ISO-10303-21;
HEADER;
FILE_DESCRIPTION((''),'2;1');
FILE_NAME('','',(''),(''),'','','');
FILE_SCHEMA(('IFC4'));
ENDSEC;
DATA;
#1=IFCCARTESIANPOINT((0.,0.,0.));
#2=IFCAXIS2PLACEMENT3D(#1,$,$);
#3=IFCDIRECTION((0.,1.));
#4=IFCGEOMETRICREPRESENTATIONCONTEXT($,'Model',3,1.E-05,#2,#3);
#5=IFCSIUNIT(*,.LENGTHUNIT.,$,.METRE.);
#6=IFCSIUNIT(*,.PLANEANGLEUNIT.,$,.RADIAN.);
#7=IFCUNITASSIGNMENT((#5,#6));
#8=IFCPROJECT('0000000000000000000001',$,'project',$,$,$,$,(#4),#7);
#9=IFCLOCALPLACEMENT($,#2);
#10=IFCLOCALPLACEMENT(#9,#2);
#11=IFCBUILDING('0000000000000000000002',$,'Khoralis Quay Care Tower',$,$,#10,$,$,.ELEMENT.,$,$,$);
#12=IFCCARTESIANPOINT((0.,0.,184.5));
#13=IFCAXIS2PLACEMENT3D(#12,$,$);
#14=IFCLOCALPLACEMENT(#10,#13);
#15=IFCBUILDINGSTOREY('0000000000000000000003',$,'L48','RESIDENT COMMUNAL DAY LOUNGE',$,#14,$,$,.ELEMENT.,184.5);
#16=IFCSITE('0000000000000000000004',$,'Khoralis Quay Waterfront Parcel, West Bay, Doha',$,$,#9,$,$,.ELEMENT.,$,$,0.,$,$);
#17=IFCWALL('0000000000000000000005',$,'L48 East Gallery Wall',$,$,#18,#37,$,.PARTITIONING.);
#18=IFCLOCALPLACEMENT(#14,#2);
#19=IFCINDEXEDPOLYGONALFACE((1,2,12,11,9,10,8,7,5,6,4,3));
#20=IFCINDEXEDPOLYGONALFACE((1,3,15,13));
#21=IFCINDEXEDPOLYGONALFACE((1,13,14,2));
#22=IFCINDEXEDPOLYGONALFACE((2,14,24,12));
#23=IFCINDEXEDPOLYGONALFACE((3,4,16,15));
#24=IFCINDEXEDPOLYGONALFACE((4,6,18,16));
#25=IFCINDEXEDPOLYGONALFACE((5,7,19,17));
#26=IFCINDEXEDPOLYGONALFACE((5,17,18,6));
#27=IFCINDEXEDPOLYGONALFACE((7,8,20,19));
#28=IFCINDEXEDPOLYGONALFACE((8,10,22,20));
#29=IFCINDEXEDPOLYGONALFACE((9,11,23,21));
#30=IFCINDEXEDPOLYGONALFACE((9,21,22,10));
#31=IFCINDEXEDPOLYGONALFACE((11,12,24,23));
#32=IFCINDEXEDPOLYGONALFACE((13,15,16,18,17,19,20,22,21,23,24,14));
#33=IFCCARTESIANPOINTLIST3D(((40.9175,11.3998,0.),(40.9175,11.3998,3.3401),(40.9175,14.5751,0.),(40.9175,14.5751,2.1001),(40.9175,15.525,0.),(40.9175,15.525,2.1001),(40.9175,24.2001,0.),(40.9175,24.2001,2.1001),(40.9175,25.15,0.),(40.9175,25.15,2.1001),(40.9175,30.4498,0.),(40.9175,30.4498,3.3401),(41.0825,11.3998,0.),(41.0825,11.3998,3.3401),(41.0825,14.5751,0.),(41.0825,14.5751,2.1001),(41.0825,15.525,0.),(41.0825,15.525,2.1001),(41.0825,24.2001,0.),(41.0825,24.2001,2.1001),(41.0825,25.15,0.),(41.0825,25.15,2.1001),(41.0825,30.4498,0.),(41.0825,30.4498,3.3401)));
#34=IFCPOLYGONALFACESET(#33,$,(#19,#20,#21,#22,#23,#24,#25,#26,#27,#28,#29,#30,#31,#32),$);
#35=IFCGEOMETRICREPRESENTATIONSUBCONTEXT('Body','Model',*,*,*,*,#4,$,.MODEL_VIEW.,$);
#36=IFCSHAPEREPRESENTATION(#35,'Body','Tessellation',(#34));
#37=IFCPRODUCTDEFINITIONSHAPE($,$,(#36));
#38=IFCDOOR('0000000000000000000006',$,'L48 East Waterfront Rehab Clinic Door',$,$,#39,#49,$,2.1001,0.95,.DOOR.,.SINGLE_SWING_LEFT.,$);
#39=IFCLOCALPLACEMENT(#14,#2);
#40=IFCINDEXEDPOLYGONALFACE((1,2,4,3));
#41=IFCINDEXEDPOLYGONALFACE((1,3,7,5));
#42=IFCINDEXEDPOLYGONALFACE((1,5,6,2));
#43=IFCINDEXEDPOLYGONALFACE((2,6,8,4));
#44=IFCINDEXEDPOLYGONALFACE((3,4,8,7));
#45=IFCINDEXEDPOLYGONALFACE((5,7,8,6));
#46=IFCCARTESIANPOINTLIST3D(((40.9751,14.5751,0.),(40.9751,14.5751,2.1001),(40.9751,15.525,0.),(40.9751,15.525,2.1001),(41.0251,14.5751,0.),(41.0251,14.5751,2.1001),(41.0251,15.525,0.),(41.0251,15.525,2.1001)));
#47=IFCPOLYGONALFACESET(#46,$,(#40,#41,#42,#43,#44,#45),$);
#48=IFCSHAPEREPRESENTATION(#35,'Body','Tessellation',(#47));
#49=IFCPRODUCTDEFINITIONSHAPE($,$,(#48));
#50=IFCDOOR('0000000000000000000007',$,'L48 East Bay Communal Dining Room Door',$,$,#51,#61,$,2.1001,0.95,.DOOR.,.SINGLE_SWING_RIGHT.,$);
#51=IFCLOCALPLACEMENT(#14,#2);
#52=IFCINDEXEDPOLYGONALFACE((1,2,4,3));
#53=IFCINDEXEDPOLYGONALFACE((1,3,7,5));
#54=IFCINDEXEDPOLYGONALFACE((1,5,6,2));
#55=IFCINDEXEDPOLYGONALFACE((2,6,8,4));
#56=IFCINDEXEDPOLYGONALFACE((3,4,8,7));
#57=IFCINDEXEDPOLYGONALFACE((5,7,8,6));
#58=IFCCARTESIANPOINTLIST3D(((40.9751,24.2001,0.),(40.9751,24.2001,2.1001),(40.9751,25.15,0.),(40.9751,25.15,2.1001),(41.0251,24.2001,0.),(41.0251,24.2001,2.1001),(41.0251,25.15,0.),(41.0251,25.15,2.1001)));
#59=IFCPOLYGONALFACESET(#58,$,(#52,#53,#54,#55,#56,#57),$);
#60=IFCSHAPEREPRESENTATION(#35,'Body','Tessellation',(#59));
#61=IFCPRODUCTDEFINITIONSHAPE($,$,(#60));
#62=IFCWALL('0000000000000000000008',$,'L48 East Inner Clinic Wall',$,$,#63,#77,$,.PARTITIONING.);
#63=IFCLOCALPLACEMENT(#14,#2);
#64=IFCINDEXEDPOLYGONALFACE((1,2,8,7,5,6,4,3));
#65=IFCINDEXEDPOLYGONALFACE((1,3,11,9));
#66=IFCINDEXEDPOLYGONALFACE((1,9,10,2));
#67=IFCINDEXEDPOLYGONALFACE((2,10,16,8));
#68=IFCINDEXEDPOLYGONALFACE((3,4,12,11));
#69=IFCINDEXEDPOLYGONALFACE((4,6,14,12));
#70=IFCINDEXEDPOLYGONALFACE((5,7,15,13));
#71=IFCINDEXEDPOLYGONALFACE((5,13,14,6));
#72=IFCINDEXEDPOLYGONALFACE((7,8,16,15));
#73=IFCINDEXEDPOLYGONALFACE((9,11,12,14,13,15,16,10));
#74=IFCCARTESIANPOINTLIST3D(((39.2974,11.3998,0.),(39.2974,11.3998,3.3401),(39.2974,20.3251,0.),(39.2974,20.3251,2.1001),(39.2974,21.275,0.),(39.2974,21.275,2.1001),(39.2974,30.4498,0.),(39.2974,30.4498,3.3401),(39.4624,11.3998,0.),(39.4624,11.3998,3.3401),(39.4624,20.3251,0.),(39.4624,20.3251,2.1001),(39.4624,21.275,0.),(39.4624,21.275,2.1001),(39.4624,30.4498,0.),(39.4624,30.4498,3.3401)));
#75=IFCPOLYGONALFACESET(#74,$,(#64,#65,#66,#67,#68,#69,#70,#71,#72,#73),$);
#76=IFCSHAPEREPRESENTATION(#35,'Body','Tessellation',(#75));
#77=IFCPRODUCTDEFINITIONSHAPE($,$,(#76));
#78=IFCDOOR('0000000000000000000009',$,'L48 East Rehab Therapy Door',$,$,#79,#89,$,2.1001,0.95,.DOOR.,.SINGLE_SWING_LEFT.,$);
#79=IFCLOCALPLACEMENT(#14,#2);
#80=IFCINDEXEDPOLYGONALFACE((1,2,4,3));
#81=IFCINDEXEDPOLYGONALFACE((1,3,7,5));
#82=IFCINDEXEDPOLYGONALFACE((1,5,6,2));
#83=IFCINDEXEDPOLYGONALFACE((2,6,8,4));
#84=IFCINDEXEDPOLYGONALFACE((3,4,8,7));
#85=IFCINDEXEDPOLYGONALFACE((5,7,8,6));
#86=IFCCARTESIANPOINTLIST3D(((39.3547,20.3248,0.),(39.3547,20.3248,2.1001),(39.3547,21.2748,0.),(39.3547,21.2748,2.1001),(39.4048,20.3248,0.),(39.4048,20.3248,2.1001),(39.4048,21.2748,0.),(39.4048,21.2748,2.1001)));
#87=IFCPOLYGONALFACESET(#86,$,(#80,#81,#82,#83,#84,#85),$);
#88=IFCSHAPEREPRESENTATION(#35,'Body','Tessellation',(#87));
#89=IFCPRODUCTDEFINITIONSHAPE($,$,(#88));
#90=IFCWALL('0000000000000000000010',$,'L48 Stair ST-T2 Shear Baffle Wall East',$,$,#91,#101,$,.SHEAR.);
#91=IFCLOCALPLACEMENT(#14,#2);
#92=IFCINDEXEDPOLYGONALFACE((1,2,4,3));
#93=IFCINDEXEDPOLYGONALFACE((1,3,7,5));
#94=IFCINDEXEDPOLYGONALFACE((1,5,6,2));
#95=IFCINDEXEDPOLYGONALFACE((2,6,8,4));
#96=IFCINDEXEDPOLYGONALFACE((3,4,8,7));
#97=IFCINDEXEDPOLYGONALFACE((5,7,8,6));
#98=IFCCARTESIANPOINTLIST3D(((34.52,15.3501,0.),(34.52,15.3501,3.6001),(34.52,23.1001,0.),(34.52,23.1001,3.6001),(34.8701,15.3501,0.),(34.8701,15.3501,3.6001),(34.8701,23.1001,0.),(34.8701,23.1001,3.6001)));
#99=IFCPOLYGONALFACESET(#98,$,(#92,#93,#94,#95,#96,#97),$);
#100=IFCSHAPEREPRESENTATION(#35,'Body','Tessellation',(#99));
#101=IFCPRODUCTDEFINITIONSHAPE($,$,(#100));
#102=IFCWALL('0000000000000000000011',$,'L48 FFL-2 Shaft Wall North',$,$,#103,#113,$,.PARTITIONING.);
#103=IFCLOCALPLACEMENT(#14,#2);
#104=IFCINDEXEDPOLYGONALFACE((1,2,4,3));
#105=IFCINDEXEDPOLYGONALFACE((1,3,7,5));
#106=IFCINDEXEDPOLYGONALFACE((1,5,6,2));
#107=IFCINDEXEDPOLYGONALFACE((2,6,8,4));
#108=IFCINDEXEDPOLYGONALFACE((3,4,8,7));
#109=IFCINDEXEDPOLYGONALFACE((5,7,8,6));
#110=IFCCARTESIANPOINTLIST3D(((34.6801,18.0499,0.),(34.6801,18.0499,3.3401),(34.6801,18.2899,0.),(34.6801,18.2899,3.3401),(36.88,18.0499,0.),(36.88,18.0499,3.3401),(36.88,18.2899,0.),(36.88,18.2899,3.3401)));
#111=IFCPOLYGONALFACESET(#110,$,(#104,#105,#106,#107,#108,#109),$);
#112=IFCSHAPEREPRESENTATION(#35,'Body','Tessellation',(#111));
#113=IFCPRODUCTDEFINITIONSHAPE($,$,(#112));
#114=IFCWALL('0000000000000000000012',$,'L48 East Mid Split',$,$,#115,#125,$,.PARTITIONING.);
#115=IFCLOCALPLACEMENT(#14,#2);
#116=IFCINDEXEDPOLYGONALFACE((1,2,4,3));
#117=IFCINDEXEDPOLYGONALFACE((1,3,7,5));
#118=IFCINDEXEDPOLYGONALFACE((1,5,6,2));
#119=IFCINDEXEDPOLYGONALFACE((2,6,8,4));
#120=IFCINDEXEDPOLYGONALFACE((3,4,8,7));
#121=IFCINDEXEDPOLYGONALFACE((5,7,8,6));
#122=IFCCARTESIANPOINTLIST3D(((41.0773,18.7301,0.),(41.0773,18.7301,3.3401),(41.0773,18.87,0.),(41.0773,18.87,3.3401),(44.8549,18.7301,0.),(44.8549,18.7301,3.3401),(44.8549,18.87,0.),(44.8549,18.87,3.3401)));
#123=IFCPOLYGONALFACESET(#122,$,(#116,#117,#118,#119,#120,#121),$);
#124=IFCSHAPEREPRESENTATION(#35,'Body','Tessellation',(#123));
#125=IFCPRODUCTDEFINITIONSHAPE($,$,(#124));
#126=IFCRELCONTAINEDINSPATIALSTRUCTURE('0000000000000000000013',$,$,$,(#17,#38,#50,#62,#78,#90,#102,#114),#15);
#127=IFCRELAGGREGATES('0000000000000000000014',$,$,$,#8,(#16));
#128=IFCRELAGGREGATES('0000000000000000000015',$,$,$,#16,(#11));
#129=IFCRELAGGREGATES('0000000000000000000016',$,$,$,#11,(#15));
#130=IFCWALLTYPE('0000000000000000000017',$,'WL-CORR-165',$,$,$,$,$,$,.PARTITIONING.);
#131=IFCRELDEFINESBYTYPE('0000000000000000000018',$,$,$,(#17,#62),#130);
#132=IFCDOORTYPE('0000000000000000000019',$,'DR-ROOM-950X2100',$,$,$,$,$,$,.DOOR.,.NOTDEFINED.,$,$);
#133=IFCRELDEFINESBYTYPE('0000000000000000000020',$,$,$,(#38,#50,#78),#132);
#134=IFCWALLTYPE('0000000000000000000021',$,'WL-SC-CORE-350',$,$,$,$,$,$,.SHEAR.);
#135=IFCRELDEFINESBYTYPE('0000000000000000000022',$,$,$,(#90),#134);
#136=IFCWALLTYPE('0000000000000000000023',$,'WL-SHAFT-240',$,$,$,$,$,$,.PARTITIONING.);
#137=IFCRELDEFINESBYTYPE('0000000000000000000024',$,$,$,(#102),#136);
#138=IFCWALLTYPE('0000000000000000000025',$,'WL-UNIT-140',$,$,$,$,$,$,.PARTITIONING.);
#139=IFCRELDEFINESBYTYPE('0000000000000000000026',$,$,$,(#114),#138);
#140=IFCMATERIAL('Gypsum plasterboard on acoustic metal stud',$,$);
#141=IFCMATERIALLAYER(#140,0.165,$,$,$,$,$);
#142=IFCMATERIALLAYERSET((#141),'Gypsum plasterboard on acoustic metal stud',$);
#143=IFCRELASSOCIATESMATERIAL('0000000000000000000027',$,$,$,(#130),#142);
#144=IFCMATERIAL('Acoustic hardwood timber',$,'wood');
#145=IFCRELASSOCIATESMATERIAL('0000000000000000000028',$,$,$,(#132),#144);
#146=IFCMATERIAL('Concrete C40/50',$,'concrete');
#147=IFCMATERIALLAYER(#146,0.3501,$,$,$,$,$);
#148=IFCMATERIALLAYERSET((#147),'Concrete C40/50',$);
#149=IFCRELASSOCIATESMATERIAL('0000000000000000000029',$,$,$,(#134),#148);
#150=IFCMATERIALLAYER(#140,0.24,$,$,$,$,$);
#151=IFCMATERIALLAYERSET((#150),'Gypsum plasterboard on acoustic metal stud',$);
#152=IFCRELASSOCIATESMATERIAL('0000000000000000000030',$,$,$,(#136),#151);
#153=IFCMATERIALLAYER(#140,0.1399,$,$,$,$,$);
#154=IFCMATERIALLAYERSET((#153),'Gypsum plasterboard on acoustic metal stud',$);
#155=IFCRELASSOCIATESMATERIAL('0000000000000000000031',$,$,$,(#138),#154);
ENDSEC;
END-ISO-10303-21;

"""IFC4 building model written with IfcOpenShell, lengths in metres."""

from ifc_helpers import new_model, si_unit, direction, frame, frame_2d, origin, place, context, subcontext, project, spatial, rectangle, extrude, source, transform, mapped, material, layer, layer_set, type_object, element, fill, save


model = new_model("IFC4")

# Units and contexts
model_context = context("Model", 3, precision=1e-05, world=origin(), true_north=direction((0.0, 1.0)))
body_context = subcontext(model_context, "Body", "Model", "MODEL_VIEW")
ifc_project = project(units=[si_unit("LENGTHUNIT", "METRE"), si_unit("PLANEANGLEUNIT", "RADIAN")], contexts=[model_context])

# Site, building, storey
site_placement = place(None, origin())
site = spatial("IfcSite", under=ifc_project, at=site_placement, Name="Khoralis Quay Waterfront Parcel, West Bay, Doha", CompositionType="ELEMENT", RefElevation=0.0)
building_placement = place(site_placement, origin())
building = spatial("IfcBuilding", under=site, at=building_placement, Name="Khoralis Quay Care Tower", CompositionType="ELEMENT")
storey_placement = place(building_placement, frame((0.0, 0.0, 184.5)))
storey = spatial("IfcBuildingStorey", under=building, at=storey_placement, Name="L48", Description="RESIDENT COMMUNAL DAY LOUNGE", CompositionType="ELEMENT", Elevation=184.5)

# Shared definitions
ifc_material_1 = material(Name="Gypsum plasterboard on acoustic metal stud")

# Wall, openings, doors
ifc_layer_1 = layer(ifc_material_1, 0.165)
ifc_layer_set_1 = layer_set([ifc_layer_1], Name="Gypsum plasterboard on acoustic metal stud")
wall_type_1 = type_object("IfcWallType", Name="WL-CORR-165", PredefinedType="PARTITIONING", material=ifc_layer_set_1)
wall_1_placement = place(storey_placement, frame((41.0, 11.3999, 0.0), z_axis=(0.0, 0.0, 1.0), x_axis=(0.0, 1.0, 0.0)))
wall_1 = element("IfcWall", 1, at=wall_1_placement, inside=storey, type_object=wall_type_1, Name="L48 East Gallery Wall", PredefinedType="PARTITIONING", context=body_context, shape_type="SweptSolid", body=[
    extrude(rectangle(XDim=19.05, YDim=0.165, at=frame_2d((9.5249, 0.0))), origin(), (0.0, 0.0, 1.0), 3.3401),
])
opening_1_placement = place(wall_1_placement, frame((3.175, 0.0, 0.0)))
opening_1 = element("IfcOpeningElement", 2, at=opening_1_placement, cuts=wall_1, PredefinedType="OPENING", context=body_context, shape_type="SweptSolid", body=[
    extrude(rectangle(XDim=0.95, YDim=2.1001, at=frame_2d((0.4751, 1.05))), frame((0.0, 0.0925, 0.0), z_axis=(0.0, -1.0, 0.0), x_axis=(1.0, 0.0, 0.0)), (0.0, 0.0, 1.0), 0.1851),
])
opening_2_placement = place(wall_1_placement, frame((12.8, 0.0, 0.0)))
opening_2 = element("IfcOpeningElement", 3, at=opening_2_placement, cuts=wall_1, PredefinedType="OPENING", context=body_context, shape_type="SweptSolid", body=[
    extrude(rectangle(XDim=0.95, YDim=2.1001, at=frame_2d((0.4751, 1.05))), frame((0.0, 0.0925, 0.0), z_axis=(0.0, -1.0, 0.0), x_axis=(1.0, 0.0, 0.0)), (0.0, 0.0, 1.0), 0.1851),
])
ifc_material_2 = material(Name="Acoustic hardwood timber", Category="wood")
door_type_1 = type_object("IfcDoorType", Name="DR-ROOM-950X2100", OperationType="NOTDEFINED", PredefinedType="DOOR", material=ifc_material_2)
shared_shape_1 = source(origin(), body_context, "Body", "SweptSolid", [
    extrude(rectangle(XDim=0.95, YDim=2.1001, at=frame_2d((0.4751, 1.05))), frame((0.0, 0.0249, 0.0), z_axis=(0.0, -1.0, 0.0), x_axis=(1.0, 0.0, 0.0)), (0.0, 0.0, 1.0), 0.05),
])
door_1_placement = place(opening_1_placement, origin())
door_1 = element("IfcDoor", 4, at=door_1_placement, inside=storey, type_object=door_type_1, Name="L48 East Waterfront Rehab Clinic Door", OperationType="SINGLE_SWING_LEFT", OverallHeight=2.1001, OverallWidth=0.95, PredefinedType="DOOR", context=body_context, shape_type="MappedRepresentation", body=[
    mapped(shared_shape_1, transform((0.0, 0.0, 0.0), scale=1.0)),
])
fill(opening_1, door_1)
door_2_placement = place(opening_2_placement, origin())
door_2 = element("IfcDoor", 5, at=door_2_placement, inside=storey, type_object=door_type_1, Name="L48 East Bay Communal Dining Room Door", OperationType="SINGLE_SWING_RIGHT", OverallHeight=2.1001, OverallWidth=0.95, PredefinedType="DOOR", context=body_context, shape_type="MappedRepresentation", body=[
    mapped(shared_shape_1, transform((0.0, 0.0, 0.0), scale=1.0)),
])
fill(opening_2, door_2)

# Wall, opening, door
wall_2_placement = place(storey_placement, frame((39.3799, 11.3999, 0.0), z_axis=(0.0, 0.0, 1.0), x_axis=(0.0, 1.0, 0.0)))
wall_2 = element("IfcWall", 6, at=wall_2_placement, inside=storey, type_object=wall_type_1, Name="L48 East Inner Clinic Wall", PredefinedType="PARTITIONING", context=body_context, shape_type="SweptSolid", body=[
    extrude(rectangle(XDim=19.05, YDim=0.165, at=frame_2d((9.5249, 0.0))), origin(), (0.0, 0.0, 1.0), 3.3401),
])
opening_3_placement = place(wall_2_placement, frame((8.925, 0.0, 0.0)))
opening_3 = element("IfcOpeningElement", 7, at=opening_3_placement, cuts=wall_2, PredefinedType="OPENING", context=body_context, shape_type="SweptSolid", body=[
    extrude(rectangle(XDim=0.95, YDim=2.1001, at=frame_2d((0.4751, 1.05))), frame((0.0, 0.0925, 0.0), z_axis=(0.0, -1.0, 0.0), x_axis=(1.0, 0.0, 0.0)), (0.0, 0.0, 1.0), 0.1851),
])
door_3_placement = place(opening_3_placement, frame((0.95, 0.0, 0.0), z_axis=(0.0, 0.0, 1.0), x_axis=(-1.0, 0.0, 0.0)))
door_3 = element("IfcDoor", 8, at=door_3_placement, inside=storey, type_object=door_type_1, Name="L48 East Rehab Therapy Door", OperationType="SINGLE_SWING_LEFT", OverallHeight=2.1001, OverallWidth=0.95, PredefinedType="DOOR", context=body_context, shape_type="MappedRepresentation", body=[
    mapped(shared_shape_1, transform((0.0, 0.0, 0.0), scale=1.0)),
])
fill(opening_3, door_3)

# Walls
ifc_material_3 = material(Name="Concrete C40/50", Category="concrete")
ifc_layer_2 = layer(ifc_material_3, 0.3501)
ifc_layer_set_2 = layer_set([ifc_layer_2], Name="Concrete C40/50")
wall_type_2 = type_object("IfcWallType", Name="WL-SC-CORE-350", PredefinedType="SHEAR", material=ifc_layer_set_2)
wall_3_placement = place(storey_placement, frame((34.6951, 15.3501, 0.0), z_axis=(0.0, 0.0, 1.0), x_axis=(0.0, 1.0, 0.0)))
element("IfcWall", 9, at=wall_3_placement, inside=storey, type_object=wall_type_2, Name="L48 Stair ST-T2 Shear Baffle Wall East", PredefinedType="SHEAR", context=body_context, shape_type="SweptSolid", body=[
    extrude(rectangle(XDim=7.75, YDim=0.3501, at=frame_2d((3.875, 0.0))), origin(), (0.0, 0.0, 1.0), 3.6001),
])
ifc_layer_3 = layer(ifc_material_1, 0.24)
ifc_layer_set_3 = layer_set([ifc_layer_3], Name="Gypsum plasterboard on acoustic metal stud")
wall_type_3 = type_object("IfcWallType", Name="WL-SHAFT-240", PredefinedType="PARTITIONING", material=ifc_layer_set_3)
wall_4_placement = place(storey_placement, frame((34.6799, 18.1699, 0.0), z_axis=(0.0, 0.0, 1.0), x_axis=(1.0, 0.0, 0.0)))
element("IfcWall", 10, at=wall_4_placement, inside=storey, type_object=wall_type_3, Name="L48 FFL-2 Shaft Wall North", PredefinedType="PARTITIONING", context=body_context, shape_type="SweptSolid", body=[
    extrude(rectangle(XDim=2.2, YDim=0.24, at=frame_2d((1.1001, 0.0))), origin(), (0.0, 0.0, 1.0), 3.3401),
])
ifc_layer_4 = layer(ifc_material_1, 0.1399)
ifc_layer_set_4 = layer_set([ifc_layer_4], Name="Gypsum plasterboard on acoustic metal stud")
wall_type_4 = type_object("IfcWallType", Name="WL-UNIT-140", PredefinedType="PARTITIONING", material=ifc_layer_set_4)
wall_5_placement = place(storey_placement, frame((41.0774, 18.8, 0.0), z_axis=(0.0, 0.0, 1.0), x_axis=(1.0, 0.0, 0.0)))
element("IfcWall", 11, at=wall_5_placement, inside=storey, type_object=wall_type_4, Name="L48 East Mid Split", PredefinedType="PARTITIONING", context=body_context, shape_type="SweptSolid", body=[
    extrude(rectangle(XDim=3.7776, YDim=0.1399, at=frame_2d((1.8887, 0.0))), origin(), (0.0, 0.0, 1.0), 3.3401),
])

save(model, "model.ifc")
